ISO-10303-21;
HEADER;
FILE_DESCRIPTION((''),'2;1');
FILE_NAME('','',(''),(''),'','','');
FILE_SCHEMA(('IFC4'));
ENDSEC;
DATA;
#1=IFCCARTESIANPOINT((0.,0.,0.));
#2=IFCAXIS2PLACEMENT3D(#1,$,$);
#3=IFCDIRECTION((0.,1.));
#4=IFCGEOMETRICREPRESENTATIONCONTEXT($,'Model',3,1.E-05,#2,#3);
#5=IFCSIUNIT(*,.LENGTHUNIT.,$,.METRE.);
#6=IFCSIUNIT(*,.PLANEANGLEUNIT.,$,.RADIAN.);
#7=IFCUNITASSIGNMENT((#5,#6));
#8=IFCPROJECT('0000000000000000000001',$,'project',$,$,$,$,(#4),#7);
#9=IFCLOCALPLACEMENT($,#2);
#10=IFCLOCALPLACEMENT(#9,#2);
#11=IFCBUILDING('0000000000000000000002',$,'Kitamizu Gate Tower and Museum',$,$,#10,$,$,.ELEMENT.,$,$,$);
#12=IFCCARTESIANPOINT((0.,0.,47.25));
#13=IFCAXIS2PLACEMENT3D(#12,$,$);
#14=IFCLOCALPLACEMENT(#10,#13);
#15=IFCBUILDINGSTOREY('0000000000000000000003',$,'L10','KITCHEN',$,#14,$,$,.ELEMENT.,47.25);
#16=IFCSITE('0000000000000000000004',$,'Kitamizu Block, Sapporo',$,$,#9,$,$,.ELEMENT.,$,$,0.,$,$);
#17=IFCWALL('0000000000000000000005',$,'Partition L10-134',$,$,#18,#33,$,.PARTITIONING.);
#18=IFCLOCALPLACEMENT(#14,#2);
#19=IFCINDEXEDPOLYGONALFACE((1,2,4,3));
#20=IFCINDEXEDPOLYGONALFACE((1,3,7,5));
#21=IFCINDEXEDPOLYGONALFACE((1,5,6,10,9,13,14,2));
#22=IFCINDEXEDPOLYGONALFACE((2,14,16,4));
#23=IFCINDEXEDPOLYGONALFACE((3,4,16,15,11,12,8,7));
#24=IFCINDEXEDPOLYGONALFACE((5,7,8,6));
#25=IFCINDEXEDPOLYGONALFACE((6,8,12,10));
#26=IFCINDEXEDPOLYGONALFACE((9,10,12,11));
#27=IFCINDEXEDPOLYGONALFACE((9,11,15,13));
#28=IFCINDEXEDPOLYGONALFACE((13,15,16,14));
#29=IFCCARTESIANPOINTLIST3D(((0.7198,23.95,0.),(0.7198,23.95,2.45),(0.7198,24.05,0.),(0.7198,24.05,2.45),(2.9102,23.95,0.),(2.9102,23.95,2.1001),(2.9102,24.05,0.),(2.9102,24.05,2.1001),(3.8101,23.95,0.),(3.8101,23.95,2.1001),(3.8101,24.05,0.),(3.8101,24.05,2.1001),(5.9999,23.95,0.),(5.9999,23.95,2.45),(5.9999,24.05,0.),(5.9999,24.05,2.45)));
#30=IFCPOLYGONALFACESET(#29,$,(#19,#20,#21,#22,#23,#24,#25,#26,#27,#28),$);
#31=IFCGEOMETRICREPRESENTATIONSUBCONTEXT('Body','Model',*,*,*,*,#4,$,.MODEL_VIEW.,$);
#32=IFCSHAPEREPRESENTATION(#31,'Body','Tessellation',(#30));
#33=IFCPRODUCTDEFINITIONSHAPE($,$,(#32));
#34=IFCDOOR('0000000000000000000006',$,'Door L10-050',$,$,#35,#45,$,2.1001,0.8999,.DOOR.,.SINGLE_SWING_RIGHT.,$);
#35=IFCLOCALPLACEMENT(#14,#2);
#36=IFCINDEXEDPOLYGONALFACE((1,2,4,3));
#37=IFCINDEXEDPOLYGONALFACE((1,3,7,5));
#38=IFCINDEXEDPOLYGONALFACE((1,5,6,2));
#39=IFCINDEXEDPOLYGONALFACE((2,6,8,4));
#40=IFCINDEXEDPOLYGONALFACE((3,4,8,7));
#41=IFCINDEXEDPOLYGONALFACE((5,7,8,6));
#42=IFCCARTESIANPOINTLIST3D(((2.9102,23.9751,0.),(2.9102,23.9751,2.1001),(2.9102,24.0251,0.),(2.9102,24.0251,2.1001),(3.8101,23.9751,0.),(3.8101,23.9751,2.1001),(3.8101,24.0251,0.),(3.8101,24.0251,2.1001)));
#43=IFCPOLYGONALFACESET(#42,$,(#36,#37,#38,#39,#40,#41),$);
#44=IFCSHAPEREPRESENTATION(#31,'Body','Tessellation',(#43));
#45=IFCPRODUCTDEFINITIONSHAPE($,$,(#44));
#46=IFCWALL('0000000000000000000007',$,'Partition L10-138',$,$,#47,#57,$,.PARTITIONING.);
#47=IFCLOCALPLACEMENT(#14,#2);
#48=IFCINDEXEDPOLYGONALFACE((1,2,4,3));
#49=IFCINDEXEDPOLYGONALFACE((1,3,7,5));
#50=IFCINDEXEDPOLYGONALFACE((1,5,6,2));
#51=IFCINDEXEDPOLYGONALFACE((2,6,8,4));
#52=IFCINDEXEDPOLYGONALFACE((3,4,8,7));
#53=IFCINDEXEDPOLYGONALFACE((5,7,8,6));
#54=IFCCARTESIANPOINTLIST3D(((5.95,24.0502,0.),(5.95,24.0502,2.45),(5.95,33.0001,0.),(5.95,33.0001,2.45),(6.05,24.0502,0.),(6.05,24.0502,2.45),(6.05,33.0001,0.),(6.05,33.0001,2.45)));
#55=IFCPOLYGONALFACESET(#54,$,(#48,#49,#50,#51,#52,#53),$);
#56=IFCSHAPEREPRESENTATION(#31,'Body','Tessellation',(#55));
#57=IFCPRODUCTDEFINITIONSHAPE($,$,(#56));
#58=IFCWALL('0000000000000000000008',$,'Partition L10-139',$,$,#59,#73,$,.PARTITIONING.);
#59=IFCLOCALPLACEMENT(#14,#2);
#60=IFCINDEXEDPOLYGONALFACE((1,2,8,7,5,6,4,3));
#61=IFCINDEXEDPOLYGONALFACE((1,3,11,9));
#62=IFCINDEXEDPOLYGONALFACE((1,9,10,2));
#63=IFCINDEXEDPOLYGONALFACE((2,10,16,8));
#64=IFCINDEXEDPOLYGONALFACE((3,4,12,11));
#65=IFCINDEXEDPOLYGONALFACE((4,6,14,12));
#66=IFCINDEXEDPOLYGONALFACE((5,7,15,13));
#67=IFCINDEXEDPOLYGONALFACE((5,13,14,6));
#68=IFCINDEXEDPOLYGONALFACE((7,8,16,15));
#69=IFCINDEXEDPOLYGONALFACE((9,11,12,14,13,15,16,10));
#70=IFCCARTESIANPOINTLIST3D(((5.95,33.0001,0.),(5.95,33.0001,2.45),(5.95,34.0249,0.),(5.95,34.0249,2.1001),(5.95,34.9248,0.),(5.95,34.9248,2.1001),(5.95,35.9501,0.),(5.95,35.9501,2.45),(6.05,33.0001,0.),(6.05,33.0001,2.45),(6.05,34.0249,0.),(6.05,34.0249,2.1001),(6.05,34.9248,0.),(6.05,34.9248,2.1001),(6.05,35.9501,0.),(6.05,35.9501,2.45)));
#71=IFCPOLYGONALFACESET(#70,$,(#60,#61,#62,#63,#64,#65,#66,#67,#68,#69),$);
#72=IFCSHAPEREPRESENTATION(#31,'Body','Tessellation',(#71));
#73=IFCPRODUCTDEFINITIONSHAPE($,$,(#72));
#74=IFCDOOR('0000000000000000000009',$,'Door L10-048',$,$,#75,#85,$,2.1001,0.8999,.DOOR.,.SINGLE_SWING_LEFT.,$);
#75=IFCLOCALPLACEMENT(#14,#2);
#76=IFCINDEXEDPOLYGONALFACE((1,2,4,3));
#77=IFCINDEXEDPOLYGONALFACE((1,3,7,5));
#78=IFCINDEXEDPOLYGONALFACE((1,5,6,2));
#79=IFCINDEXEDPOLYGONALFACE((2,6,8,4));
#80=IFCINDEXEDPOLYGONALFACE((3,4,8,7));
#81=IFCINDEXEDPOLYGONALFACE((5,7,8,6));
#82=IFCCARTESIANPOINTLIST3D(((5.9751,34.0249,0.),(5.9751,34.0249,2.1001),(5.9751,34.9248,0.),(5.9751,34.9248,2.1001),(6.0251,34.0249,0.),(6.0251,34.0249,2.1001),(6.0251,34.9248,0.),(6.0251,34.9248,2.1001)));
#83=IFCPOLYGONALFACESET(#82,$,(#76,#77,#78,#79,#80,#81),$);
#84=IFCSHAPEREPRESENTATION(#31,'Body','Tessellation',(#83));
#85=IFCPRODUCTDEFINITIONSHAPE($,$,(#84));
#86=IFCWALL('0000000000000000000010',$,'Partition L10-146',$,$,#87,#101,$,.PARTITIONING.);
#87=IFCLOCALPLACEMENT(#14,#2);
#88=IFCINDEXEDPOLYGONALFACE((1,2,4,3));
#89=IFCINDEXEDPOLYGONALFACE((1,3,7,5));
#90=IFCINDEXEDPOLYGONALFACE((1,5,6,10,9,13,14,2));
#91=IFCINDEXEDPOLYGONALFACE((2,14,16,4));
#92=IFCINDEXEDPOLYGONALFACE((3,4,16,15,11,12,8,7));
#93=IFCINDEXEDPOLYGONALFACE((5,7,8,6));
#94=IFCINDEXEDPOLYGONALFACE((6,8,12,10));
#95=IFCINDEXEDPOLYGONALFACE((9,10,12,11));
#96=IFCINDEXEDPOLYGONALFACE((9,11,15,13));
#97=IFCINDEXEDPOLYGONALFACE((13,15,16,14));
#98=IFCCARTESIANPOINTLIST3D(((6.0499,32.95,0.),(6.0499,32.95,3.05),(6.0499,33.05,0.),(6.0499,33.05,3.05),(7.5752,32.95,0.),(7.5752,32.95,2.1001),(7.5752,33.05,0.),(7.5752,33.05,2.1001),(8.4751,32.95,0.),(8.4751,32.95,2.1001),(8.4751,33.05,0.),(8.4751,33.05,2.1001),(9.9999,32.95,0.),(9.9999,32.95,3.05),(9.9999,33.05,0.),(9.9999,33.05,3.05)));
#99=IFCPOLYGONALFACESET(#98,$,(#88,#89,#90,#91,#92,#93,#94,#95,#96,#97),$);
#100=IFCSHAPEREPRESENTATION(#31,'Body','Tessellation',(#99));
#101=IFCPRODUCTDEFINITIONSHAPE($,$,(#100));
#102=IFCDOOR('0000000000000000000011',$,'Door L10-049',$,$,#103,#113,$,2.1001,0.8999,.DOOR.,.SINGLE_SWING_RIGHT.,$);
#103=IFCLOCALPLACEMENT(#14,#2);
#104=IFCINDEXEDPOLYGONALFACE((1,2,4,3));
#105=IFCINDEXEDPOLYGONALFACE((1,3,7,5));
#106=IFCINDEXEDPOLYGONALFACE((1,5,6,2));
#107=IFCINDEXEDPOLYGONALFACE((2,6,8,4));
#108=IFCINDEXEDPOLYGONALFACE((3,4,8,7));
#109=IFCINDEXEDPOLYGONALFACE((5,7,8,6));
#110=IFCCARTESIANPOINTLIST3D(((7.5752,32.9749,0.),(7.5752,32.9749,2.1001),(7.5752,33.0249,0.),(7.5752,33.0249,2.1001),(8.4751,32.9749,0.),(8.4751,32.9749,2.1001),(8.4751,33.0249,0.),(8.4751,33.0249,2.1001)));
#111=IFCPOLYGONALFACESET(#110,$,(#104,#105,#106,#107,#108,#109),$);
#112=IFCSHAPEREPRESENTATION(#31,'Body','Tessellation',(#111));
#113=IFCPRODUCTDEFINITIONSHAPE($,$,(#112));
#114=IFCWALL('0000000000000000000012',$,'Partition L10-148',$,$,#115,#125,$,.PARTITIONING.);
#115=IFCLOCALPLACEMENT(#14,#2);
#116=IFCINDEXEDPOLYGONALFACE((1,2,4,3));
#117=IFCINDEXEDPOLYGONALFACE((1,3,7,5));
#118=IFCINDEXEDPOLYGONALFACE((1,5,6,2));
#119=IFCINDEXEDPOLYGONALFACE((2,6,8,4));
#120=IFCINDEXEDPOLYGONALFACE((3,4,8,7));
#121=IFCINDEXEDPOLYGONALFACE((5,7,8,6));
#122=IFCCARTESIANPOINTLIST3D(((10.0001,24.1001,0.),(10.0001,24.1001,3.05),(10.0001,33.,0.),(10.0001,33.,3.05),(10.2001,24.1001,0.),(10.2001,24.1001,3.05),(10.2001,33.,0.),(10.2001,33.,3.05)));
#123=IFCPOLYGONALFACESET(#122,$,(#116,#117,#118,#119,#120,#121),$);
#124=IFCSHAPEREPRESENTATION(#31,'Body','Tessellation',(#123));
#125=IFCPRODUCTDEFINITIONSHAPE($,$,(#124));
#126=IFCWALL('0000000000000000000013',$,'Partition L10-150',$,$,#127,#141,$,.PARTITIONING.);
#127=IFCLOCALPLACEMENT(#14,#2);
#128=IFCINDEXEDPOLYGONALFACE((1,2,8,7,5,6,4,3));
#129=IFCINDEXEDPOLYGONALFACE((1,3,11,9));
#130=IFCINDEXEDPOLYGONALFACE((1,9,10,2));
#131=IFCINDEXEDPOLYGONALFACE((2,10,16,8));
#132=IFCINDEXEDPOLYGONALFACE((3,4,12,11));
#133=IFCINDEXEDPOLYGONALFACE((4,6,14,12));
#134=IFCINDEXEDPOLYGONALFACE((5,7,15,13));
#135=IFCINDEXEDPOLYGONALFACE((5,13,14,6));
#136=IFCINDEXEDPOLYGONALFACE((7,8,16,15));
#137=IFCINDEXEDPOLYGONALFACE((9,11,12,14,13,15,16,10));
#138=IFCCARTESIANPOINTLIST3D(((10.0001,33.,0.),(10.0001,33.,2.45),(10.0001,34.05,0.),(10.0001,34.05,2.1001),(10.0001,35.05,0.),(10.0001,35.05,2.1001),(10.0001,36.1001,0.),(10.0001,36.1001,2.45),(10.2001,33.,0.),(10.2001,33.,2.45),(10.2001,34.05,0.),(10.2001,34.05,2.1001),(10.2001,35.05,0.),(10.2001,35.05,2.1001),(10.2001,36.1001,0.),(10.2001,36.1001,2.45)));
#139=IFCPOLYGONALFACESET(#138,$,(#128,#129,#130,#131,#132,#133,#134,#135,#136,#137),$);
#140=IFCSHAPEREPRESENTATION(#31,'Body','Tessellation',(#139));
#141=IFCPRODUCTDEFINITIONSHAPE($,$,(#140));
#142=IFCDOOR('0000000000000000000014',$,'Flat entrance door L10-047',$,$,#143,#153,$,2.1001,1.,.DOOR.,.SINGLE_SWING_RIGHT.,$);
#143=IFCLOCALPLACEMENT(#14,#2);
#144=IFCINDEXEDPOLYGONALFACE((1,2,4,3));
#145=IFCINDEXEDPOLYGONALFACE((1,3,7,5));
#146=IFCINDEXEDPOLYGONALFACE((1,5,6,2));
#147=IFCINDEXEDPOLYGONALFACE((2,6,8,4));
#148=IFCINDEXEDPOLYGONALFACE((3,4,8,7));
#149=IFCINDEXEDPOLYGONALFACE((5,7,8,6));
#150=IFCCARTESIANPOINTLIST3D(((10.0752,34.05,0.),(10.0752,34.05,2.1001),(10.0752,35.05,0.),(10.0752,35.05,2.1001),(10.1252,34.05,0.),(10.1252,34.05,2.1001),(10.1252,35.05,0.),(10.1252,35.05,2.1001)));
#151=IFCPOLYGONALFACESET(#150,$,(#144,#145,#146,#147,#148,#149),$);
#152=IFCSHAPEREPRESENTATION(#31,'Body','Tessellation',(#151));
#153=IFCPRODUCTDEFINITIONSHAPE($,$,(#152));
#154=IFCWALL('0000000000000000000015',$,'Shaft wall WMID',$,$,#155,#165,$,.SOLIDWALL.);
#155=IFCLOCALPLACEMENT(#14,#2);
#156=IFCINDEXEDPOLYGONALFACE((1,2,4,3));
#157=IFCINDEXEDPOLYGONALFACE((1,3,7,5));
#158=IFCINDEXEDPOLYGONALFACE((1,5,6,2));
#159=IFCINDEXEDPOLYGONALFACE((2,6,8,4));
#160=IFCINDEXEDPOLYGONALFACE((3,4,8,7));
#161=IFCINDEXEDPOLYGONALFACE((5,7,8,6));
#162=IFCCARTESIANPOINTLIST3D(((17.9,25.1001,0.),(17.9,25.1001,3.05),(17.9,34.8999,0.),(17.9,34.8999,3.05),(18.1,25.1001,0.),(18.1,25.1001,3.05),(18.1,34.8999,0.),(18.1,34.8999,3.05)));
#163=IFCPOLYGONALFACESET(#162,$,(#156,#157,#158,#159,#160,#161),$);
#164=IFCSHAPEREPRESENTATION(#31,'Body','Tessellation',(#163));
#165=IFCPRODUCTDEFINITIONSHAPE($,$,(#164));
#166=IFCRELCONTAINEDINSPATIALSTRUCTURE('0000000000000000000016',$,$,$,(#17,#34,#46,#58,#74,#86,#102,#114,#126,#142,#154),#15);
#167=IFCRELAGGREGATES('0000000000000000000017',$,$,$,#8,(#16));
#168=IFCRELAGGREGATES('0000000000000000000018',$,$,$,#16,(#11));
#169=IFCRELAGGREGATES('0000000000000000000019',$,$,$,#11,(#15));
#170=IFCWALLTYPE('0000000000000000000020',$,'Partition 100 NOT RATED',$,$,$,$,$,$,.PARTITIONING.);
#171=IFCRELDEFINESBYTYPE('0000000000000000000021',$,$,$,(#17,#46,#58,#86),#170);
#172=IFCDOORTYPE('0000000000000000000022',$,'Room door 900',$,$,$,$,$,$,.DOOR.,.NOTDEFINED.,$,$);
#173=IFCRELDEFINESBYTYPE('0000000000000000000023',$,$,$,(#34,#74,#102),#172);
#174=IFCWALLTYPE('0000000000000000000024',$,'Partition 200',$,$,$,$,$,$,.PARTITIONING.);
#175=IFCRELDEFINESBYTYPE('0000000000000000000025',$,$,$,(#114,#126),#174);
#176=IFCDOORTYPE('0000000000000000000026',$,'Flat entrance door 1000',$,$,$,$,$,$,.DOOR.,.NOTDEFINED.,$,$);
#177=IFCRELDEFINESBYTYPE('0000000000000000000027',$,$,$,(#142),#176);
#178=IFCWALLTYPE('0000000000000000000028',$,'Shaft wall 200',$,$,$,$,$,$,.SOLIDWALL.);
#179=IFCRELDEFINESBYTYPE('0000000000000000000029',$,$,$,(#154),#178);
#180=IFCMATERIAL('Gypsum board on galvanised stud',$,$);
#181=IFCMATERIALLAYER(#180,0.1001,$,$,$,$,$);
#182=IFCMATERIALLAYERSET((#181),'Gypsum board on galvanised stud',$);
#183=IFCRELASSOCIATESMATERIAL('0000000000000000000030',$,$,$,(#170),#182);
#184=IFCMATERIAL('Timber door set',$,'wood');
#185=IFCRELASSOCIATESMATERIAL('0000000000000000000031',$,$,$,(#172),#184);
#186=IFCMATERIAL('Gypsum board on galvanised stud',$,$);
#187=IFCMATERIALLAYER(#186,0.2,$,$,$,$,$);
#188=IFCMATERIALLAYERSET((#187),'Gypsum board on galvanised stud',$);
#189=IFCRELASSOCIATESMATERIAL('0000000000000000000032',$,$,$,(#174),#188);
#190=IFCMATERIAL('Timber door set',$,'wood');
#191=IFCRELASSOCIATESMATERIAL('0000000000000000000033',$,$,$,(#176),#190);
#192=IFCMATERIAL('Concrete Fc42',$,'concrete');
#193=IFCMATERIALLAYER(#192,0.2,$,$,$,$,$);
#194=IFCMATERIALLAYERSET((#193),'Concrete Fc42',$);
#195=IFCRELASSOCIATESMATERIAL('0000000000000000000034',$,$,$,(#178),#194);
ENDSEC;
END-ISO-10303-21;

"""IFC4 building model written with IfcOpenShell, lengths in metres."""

from ifc_helpers import new_model, si_unit, direction, frame, frame_2d, origin, place, context, subcontext, project, spatial, rectangle, extrude, material, layer, layer_set, type_object, element, fill, save


model = new_model("IFC4")

# Units and contexts
model_context = context("Model", 3, precision=1e-05, world=origin(), true_north=direction((0.0, 1.0)))
body_context = subcontext(model_context, "Body", "Model", "MODEL_VIEW")
ifc_project = project(units=[si_unit("LENGTHUNIT", "METRE"), si_unit("PLANEANGLEUNIT", "RADIAN")], contexts=[model_context])

# Site, building, storey
site_placement = place(None, origin())
site = spatial("IfcSite", under=ifc_project, at=site_placement, Name="Kitamizu Block, Sapporo", CompositionType="ELEMENT", RefElevation=0.0)
building_placement = place(site_placement, origin())
building = spatial("IfcBuilding", under=site, at=building_placement, Name="Kitamizu Gate Tower and Museum", CompositionType="ELEMENT")
storey_placement = place(building_placement, frame((0.0, 0.0, 47.25)))
storey = spatial("IfcBuildingStorey", under=building, at=storey_placement, Name="L10", Description="KITCHEN", CompositionType="ELEMENT", Elevation=47.25)

# Wall, opening, door
ifc_material_1 = material(Name="Gypsum board on galvanised stud")
ifc_layer_1 = layer(ifc_material_1, 0.1001)
ifc_layer_set_1 = layer_set([ifc_layer_1], Name="Gypsum board on galvanised stud")
wall_type_1 = type_object("IfcWallType", Name="Partition 100 NOT RATED", PredefinedType="PARTITIONING", material=ifc_layer_set_1)
wall_1_placement = place(storey_placement, frame((6.0, 24.0, 0.0), z_axis=(0.0, 0.0, 1.0), x_axis=(-1.0, 0.0, 0.0)))
wall_1 = element("IfcWall", 1, at=wall_1_placement, inside=storey, type_object=wall_type_1, Name="Partition L10-134", PredefinedType="PARTITIONING", context=body_context, shape_type="SweptSolid", body=[
    extrude(rectangle(XDim=5.28, YDim=0.1001, at=frame_2d((2.6401, 0.0))), origin(), (0.0, 0.0, 1.0), 2.45),
])
opening_1_placement = place(wall_1_placement, frame((2.1899, 0.0, 0.0)))
opening_1 = element("IfcOpeningElement", 2, at=opening_1_placement, cuts=wall_1, PredefinedType="OPENING", context=body_context, shape_type="SweptSolid", body=[
    extrude(rectangle(XDim=0.8999, YDim=2.1001, at=frame_2d((0.45, 1.05))), frame((0.0, 0.0601, 0.0), z_axis=(0.0, -1.0, 0.0), x_axis=(1.0, 0.0, 0.0)), (0.0, 0.0, 1.0), 0.1201),
])
ifc_material_2 = material(Name="Timber door set", Category="wood")
door_type_1 = type_object("IfcDoorType", Name="Room door 900", OperationType="NOTDEFINED", PredefinedType="DOOR", material=ifc_material_2)
door_1_placement = place(opening_1_placement, origin())
door_1 = element("IfcDoor", 3, at=door_1_placement, inside=storey, type_object=door_type_1, Name="Door L10-050", OperationType="SINGLE_SWING_RIGHT", OverallHeight=2.1001, OverallWidth=0.8999, PredefinedType="DOOR", context=body_context, shape_type="SweptSolid", body=[
    extrude(rectangle(XDim=0.8999, YDim=2.1001, at=frame_2d((0.45, 1.05))), frame((0.0, 0.0249, 0.0), z_axis=(0.0, -1.0, 0.0), x_axis=(1.0, 0.0, 0.0)), (0.0, 0.0, 1.0), 0.05),
])
fill(opening_1, door_1)

# Wall
wall_2_placement = place(storey_placement, frame((6.0, 24.05, 0.0), z_axis=(0.0, 0.0, 1.0), x_axis=(0.0, 1.0, 0.0)))
element("IfcWall", 4, at=wall_2_placement, inside=storey, type_object=wall_type_1, Name="Partition L10-138", PredefinedType="PARTITIONING", context=body_context, shape_type="SweptSolid", body=[
    extrude(rectangle(XDim=8.95, YDim=0.1001, at=frame_2d((4.4751, 0.0))), origin(), (0.0, 0.0, 1.0), 2.45),
])

# Walls, openings, doors
wall_3_placement = place(storey_placement, frame((6.0, 33.0, 0.0), z_axis=(0.0, 0.0, 1.0), x_axis=(0.0, 1.0, 0.0)))
wall_3 = element("IfcWall", 5, at=wall_3_placement, inside=storey, type_object=wall_type_1, Name="Partition L10-139", PredefinedType="PARTITIONING", context=body_context, shape_type="SweptSolid", body=[
    extrude(rectangle(XDim=2.95, YDim=0.1001, at=frame_2d((1.4751, 0.0))), origin(), (0.0, 0.0, 1.0), 2.45),
])
opening_2_placement = place(wall_3_placement, frame((1.0249, 0.0, 0.0)))
opening_2 = element("IfcOpeningElement", 6, at=opening_2_placement, cuts=wall_3, PredefinedType="OPENING", context=body_context, shape_type="SweptSolid", body=[
    extrude(rectangle(XDim=0.8999, YDim=2.1001, at=frame_2d((0.45, 1.05))), frame((0.0, 0.0601, 0.0), z_axis=(0.0, -1.0, 0.0), x_axis=(1.0, 0.0, 0.0)), (0.0, 0.0, 1.0), 0.1201),
])
door_2_placement = place(opening_2_placement, origin())
door_2 = element("IfcDoor", 7, at=door_2_placement, inside=storey, type_object=door_type_1, Name="Door L10-048", OperationType="SINGLE_SWING_LEFT", OverallHeight=2.1001, OverallWidth=0.8999, PredefinedType="DOOR", context=body_context, shape_type="SweptSolid", body=[
    extrude(rectangle(XDim=0.8999, YDim=2.1001, at=frame_2d((0.45, 1.05))), frame((0.0, 0.0249, 0.0), z_axis=(0.0, -1.0, 0.0), x_axis=(1.0, 0.0, 0.0)), (0.0, 0.0, 1.0), 0.05),
])
fill(opening_2, door_2)
wall_4_placement = place(storey_placement, frame((10.0, 33.0, 0.0), z_axis=(0.0, 0.0, 1.0), x_axis=(-1.0, 0.0, 0.0)))
wall_4 = element("IfcWall", 8, at=wall_4_placement, inside=storey, type_object=wall_type_1, Name="Partition L10-146", PredefinedType="PARTITIONING", context=body_context, shape_type="SweptSolid", body=[
    extrude(rectangle(XDim=3.95, YDim=0.1001, at=frame_2d((1.9751, 0.0))), origin(), (0.0, 0.0, 1.0), 3.05),
])
opening_3_placement = place(wall_4_placement, frame((1.5249, 0.0, 0.0)))
opening_3 = element("IfcOpeningElement", 9, at=opening_3_placement, cuts=wall_4, PredefinedType="OPENING", context=body_context, shape_type="SweptSolid", body=[
    extrude(rectangle(XDim=0.8999, YDim=2.1001, at=frame_2d((0.45, 1.05))), frame((0.0, 0.0601, 0.0), z_axis=(0.0, -1.0, 0.0), x_axis=(1.0, 0.0, 0.0)), (0.0, 0.0, 1.0), 0.1201),
])
door_3_placement = place(opening_3_placement, frame((0.8999, 0.0, 0.0), x_axis=(-1.0, 0.0, 0.0)))
door_3 = element("IfcDoor", 10, at=door_3_placement, inside=storey, type_object=door_type_1, Name="Door L10-049", OperationType="SINGLE_SWING_RIGHT", OverallHeight=2.1001, OverallWidth=0.8999, PredefinedType="DOOR", context=body_context, shape_type="SweptSolid", body=[
    extrude(rectangle(XDim=0.8999, YDim=2.1001, at=frame_2d((0.45, 1.05))), frame((0.0, 0.0249, 0.0), z_axis=(0.0, -1.0, 0.0), x_axis=(1.0, 0.0, 0.0)), (0.0, 0.0, 1.0), 0.05),
])
fill(opening_3, door_3)

# Wall
ifc_material_3 = material(Name="Gypsum board on galvanised stud")
ifc_layer_2 = layer(ifc_material_3, 0.2)
ifc_layer_set_2 = layer_set([ifc_layer_2], Name="Gypsum board on galvanised stud")
wall_type_2 = type_object("IfcWallType", Name="Partition 200", PredefinedType="PARTITIONING", material=ifc_layer_set_2)
wall_5_placement = place(storey_placement, frame((10.1001, 24.1001, 0.0), z_axis=(0.0, 0.0, 1.0), x_axis=(0.0, 1.0, 0.0)))
element("IfcWall", 11, at=wall_5_placement, inside=storey, type_object=wall_type_2, Name="Partition L10-148", PredefinedType="PARTITIONING", context=body_context, shape_type="SweptSolid", body=[
    extrude(rectangle(XDim=8.8999, YDim=0.2, at=frame_2d((4.45, 0.0))), origin(), (0.0, 0.0, 1.0), 3.05),
])

# Wall, opening, door
wall_6_placement = place(storey_placement, frame((10.1001, 33.0, 0.0), z_axis=(0.0, 0.0, 1.0), x_axis=(0.0, 1.0, 0.0)))
wall_6 = element("IfcWall", 12, at=wall_6_placement, inside=storey, type_object=wall_type_2, Name="Partition L10-150", PredefinedType="PARTITIONING", context=body_context, shape_type="SweptSolid", body=[
    extrude(rectangle(XDim=3.1001, YDim=0.2, at=frame_2d((1.55, 0.0))), origin(), (0.0, 0.0, 1.0), 2.45),
])
opening_4_placement = place(wall_6_placement, frame((1.05, 0.0, 0.0)))
opening_4 = element("IfcOpeningElement", 13, at=opening_4_placement, cuts=wall_6, PredefinedType="OPENING", context=body_context, shape_type="SweptSolid", body=[
    extrude(rectangle(XDim=1.0, YDim=2.1001, at=frame_2d((0.5, 1.05))), frame((0.0, 0.1099, 0.0), z_axis=(0.0, -1.0, 0.0), x_axis=(1.0, 0.0, 0.0)), (0.0, 0.0, 1.0), 0.22),
])
ifc_material_4 = material(Name="Timber door set", Category="wood")
door_type_2 = type_object("IfcDoorType", Name="Flat entrance door 1000", OperationType="NOTDEFINED", PredefinedType="DOOR", material=ifc_material_4)
door_4_placement = place(opening_4_placement, origin())
door_4 = element("IfcDoor", 14, at=door_4_placement, inside=storey, type_object=door_type_2, Name="Flat entrance door L10-047", OperationType="SINGLE_SWING_RIGHT", OverallHeight=2.1001, OverallWidth=1.0, PredefinedType="DOOR", context=body_context, shape_type="SweptSolid", body=[
    extrude(rectangle(XDim=1.0, YDim=2.1001, at=frame_2d((0.5, 1.05))), frame((0.0, 0.0249, 0.0), z_axis=(0.0, -1.0, 0.0), x_axis=(1.0, 0.0, 0.0)), (0.0, 0.0, 1.0), 0.05),
])
fill(opening_4, door_4)

# Wall
ifc_material_5 = material(Name="Concrete Fc42", Category="concrete")
ifc_layer_3 = layer(ifc_material_5, 0.2)
ifc_layer_set_3 = layer_set([ifc_layer_3], Name="Concrete Fc42")
wall_type_3 = type_object("IfcWallType", Name="Shaft wall 200", PredefinedType="SOLIDWALL", material=ifc_layer_set_3)
wall_7_placement = place(storey_placement, frame((18.0, 25.1001, 0.0), z_axis=(0.0, 0.0, 1.0), x_axis=(0.0, 1.0, 0.0)))
element("IfcWall", 15, at=wall_7_placement, inside=storey, type_object=wall_type_3, Name="Shaft wall WMID", PredefinedType="SOLIDWALL", context=body_context, shape_type="SweptSolid", body=[
    extrude(rectangle(XDim=9.7998, YDim=0.2, at=frame_2d((4.8999, 0.0))), origin(), (0.0, 0.0, 1.0), 3.05),
])

save(model, "model.ifc")
